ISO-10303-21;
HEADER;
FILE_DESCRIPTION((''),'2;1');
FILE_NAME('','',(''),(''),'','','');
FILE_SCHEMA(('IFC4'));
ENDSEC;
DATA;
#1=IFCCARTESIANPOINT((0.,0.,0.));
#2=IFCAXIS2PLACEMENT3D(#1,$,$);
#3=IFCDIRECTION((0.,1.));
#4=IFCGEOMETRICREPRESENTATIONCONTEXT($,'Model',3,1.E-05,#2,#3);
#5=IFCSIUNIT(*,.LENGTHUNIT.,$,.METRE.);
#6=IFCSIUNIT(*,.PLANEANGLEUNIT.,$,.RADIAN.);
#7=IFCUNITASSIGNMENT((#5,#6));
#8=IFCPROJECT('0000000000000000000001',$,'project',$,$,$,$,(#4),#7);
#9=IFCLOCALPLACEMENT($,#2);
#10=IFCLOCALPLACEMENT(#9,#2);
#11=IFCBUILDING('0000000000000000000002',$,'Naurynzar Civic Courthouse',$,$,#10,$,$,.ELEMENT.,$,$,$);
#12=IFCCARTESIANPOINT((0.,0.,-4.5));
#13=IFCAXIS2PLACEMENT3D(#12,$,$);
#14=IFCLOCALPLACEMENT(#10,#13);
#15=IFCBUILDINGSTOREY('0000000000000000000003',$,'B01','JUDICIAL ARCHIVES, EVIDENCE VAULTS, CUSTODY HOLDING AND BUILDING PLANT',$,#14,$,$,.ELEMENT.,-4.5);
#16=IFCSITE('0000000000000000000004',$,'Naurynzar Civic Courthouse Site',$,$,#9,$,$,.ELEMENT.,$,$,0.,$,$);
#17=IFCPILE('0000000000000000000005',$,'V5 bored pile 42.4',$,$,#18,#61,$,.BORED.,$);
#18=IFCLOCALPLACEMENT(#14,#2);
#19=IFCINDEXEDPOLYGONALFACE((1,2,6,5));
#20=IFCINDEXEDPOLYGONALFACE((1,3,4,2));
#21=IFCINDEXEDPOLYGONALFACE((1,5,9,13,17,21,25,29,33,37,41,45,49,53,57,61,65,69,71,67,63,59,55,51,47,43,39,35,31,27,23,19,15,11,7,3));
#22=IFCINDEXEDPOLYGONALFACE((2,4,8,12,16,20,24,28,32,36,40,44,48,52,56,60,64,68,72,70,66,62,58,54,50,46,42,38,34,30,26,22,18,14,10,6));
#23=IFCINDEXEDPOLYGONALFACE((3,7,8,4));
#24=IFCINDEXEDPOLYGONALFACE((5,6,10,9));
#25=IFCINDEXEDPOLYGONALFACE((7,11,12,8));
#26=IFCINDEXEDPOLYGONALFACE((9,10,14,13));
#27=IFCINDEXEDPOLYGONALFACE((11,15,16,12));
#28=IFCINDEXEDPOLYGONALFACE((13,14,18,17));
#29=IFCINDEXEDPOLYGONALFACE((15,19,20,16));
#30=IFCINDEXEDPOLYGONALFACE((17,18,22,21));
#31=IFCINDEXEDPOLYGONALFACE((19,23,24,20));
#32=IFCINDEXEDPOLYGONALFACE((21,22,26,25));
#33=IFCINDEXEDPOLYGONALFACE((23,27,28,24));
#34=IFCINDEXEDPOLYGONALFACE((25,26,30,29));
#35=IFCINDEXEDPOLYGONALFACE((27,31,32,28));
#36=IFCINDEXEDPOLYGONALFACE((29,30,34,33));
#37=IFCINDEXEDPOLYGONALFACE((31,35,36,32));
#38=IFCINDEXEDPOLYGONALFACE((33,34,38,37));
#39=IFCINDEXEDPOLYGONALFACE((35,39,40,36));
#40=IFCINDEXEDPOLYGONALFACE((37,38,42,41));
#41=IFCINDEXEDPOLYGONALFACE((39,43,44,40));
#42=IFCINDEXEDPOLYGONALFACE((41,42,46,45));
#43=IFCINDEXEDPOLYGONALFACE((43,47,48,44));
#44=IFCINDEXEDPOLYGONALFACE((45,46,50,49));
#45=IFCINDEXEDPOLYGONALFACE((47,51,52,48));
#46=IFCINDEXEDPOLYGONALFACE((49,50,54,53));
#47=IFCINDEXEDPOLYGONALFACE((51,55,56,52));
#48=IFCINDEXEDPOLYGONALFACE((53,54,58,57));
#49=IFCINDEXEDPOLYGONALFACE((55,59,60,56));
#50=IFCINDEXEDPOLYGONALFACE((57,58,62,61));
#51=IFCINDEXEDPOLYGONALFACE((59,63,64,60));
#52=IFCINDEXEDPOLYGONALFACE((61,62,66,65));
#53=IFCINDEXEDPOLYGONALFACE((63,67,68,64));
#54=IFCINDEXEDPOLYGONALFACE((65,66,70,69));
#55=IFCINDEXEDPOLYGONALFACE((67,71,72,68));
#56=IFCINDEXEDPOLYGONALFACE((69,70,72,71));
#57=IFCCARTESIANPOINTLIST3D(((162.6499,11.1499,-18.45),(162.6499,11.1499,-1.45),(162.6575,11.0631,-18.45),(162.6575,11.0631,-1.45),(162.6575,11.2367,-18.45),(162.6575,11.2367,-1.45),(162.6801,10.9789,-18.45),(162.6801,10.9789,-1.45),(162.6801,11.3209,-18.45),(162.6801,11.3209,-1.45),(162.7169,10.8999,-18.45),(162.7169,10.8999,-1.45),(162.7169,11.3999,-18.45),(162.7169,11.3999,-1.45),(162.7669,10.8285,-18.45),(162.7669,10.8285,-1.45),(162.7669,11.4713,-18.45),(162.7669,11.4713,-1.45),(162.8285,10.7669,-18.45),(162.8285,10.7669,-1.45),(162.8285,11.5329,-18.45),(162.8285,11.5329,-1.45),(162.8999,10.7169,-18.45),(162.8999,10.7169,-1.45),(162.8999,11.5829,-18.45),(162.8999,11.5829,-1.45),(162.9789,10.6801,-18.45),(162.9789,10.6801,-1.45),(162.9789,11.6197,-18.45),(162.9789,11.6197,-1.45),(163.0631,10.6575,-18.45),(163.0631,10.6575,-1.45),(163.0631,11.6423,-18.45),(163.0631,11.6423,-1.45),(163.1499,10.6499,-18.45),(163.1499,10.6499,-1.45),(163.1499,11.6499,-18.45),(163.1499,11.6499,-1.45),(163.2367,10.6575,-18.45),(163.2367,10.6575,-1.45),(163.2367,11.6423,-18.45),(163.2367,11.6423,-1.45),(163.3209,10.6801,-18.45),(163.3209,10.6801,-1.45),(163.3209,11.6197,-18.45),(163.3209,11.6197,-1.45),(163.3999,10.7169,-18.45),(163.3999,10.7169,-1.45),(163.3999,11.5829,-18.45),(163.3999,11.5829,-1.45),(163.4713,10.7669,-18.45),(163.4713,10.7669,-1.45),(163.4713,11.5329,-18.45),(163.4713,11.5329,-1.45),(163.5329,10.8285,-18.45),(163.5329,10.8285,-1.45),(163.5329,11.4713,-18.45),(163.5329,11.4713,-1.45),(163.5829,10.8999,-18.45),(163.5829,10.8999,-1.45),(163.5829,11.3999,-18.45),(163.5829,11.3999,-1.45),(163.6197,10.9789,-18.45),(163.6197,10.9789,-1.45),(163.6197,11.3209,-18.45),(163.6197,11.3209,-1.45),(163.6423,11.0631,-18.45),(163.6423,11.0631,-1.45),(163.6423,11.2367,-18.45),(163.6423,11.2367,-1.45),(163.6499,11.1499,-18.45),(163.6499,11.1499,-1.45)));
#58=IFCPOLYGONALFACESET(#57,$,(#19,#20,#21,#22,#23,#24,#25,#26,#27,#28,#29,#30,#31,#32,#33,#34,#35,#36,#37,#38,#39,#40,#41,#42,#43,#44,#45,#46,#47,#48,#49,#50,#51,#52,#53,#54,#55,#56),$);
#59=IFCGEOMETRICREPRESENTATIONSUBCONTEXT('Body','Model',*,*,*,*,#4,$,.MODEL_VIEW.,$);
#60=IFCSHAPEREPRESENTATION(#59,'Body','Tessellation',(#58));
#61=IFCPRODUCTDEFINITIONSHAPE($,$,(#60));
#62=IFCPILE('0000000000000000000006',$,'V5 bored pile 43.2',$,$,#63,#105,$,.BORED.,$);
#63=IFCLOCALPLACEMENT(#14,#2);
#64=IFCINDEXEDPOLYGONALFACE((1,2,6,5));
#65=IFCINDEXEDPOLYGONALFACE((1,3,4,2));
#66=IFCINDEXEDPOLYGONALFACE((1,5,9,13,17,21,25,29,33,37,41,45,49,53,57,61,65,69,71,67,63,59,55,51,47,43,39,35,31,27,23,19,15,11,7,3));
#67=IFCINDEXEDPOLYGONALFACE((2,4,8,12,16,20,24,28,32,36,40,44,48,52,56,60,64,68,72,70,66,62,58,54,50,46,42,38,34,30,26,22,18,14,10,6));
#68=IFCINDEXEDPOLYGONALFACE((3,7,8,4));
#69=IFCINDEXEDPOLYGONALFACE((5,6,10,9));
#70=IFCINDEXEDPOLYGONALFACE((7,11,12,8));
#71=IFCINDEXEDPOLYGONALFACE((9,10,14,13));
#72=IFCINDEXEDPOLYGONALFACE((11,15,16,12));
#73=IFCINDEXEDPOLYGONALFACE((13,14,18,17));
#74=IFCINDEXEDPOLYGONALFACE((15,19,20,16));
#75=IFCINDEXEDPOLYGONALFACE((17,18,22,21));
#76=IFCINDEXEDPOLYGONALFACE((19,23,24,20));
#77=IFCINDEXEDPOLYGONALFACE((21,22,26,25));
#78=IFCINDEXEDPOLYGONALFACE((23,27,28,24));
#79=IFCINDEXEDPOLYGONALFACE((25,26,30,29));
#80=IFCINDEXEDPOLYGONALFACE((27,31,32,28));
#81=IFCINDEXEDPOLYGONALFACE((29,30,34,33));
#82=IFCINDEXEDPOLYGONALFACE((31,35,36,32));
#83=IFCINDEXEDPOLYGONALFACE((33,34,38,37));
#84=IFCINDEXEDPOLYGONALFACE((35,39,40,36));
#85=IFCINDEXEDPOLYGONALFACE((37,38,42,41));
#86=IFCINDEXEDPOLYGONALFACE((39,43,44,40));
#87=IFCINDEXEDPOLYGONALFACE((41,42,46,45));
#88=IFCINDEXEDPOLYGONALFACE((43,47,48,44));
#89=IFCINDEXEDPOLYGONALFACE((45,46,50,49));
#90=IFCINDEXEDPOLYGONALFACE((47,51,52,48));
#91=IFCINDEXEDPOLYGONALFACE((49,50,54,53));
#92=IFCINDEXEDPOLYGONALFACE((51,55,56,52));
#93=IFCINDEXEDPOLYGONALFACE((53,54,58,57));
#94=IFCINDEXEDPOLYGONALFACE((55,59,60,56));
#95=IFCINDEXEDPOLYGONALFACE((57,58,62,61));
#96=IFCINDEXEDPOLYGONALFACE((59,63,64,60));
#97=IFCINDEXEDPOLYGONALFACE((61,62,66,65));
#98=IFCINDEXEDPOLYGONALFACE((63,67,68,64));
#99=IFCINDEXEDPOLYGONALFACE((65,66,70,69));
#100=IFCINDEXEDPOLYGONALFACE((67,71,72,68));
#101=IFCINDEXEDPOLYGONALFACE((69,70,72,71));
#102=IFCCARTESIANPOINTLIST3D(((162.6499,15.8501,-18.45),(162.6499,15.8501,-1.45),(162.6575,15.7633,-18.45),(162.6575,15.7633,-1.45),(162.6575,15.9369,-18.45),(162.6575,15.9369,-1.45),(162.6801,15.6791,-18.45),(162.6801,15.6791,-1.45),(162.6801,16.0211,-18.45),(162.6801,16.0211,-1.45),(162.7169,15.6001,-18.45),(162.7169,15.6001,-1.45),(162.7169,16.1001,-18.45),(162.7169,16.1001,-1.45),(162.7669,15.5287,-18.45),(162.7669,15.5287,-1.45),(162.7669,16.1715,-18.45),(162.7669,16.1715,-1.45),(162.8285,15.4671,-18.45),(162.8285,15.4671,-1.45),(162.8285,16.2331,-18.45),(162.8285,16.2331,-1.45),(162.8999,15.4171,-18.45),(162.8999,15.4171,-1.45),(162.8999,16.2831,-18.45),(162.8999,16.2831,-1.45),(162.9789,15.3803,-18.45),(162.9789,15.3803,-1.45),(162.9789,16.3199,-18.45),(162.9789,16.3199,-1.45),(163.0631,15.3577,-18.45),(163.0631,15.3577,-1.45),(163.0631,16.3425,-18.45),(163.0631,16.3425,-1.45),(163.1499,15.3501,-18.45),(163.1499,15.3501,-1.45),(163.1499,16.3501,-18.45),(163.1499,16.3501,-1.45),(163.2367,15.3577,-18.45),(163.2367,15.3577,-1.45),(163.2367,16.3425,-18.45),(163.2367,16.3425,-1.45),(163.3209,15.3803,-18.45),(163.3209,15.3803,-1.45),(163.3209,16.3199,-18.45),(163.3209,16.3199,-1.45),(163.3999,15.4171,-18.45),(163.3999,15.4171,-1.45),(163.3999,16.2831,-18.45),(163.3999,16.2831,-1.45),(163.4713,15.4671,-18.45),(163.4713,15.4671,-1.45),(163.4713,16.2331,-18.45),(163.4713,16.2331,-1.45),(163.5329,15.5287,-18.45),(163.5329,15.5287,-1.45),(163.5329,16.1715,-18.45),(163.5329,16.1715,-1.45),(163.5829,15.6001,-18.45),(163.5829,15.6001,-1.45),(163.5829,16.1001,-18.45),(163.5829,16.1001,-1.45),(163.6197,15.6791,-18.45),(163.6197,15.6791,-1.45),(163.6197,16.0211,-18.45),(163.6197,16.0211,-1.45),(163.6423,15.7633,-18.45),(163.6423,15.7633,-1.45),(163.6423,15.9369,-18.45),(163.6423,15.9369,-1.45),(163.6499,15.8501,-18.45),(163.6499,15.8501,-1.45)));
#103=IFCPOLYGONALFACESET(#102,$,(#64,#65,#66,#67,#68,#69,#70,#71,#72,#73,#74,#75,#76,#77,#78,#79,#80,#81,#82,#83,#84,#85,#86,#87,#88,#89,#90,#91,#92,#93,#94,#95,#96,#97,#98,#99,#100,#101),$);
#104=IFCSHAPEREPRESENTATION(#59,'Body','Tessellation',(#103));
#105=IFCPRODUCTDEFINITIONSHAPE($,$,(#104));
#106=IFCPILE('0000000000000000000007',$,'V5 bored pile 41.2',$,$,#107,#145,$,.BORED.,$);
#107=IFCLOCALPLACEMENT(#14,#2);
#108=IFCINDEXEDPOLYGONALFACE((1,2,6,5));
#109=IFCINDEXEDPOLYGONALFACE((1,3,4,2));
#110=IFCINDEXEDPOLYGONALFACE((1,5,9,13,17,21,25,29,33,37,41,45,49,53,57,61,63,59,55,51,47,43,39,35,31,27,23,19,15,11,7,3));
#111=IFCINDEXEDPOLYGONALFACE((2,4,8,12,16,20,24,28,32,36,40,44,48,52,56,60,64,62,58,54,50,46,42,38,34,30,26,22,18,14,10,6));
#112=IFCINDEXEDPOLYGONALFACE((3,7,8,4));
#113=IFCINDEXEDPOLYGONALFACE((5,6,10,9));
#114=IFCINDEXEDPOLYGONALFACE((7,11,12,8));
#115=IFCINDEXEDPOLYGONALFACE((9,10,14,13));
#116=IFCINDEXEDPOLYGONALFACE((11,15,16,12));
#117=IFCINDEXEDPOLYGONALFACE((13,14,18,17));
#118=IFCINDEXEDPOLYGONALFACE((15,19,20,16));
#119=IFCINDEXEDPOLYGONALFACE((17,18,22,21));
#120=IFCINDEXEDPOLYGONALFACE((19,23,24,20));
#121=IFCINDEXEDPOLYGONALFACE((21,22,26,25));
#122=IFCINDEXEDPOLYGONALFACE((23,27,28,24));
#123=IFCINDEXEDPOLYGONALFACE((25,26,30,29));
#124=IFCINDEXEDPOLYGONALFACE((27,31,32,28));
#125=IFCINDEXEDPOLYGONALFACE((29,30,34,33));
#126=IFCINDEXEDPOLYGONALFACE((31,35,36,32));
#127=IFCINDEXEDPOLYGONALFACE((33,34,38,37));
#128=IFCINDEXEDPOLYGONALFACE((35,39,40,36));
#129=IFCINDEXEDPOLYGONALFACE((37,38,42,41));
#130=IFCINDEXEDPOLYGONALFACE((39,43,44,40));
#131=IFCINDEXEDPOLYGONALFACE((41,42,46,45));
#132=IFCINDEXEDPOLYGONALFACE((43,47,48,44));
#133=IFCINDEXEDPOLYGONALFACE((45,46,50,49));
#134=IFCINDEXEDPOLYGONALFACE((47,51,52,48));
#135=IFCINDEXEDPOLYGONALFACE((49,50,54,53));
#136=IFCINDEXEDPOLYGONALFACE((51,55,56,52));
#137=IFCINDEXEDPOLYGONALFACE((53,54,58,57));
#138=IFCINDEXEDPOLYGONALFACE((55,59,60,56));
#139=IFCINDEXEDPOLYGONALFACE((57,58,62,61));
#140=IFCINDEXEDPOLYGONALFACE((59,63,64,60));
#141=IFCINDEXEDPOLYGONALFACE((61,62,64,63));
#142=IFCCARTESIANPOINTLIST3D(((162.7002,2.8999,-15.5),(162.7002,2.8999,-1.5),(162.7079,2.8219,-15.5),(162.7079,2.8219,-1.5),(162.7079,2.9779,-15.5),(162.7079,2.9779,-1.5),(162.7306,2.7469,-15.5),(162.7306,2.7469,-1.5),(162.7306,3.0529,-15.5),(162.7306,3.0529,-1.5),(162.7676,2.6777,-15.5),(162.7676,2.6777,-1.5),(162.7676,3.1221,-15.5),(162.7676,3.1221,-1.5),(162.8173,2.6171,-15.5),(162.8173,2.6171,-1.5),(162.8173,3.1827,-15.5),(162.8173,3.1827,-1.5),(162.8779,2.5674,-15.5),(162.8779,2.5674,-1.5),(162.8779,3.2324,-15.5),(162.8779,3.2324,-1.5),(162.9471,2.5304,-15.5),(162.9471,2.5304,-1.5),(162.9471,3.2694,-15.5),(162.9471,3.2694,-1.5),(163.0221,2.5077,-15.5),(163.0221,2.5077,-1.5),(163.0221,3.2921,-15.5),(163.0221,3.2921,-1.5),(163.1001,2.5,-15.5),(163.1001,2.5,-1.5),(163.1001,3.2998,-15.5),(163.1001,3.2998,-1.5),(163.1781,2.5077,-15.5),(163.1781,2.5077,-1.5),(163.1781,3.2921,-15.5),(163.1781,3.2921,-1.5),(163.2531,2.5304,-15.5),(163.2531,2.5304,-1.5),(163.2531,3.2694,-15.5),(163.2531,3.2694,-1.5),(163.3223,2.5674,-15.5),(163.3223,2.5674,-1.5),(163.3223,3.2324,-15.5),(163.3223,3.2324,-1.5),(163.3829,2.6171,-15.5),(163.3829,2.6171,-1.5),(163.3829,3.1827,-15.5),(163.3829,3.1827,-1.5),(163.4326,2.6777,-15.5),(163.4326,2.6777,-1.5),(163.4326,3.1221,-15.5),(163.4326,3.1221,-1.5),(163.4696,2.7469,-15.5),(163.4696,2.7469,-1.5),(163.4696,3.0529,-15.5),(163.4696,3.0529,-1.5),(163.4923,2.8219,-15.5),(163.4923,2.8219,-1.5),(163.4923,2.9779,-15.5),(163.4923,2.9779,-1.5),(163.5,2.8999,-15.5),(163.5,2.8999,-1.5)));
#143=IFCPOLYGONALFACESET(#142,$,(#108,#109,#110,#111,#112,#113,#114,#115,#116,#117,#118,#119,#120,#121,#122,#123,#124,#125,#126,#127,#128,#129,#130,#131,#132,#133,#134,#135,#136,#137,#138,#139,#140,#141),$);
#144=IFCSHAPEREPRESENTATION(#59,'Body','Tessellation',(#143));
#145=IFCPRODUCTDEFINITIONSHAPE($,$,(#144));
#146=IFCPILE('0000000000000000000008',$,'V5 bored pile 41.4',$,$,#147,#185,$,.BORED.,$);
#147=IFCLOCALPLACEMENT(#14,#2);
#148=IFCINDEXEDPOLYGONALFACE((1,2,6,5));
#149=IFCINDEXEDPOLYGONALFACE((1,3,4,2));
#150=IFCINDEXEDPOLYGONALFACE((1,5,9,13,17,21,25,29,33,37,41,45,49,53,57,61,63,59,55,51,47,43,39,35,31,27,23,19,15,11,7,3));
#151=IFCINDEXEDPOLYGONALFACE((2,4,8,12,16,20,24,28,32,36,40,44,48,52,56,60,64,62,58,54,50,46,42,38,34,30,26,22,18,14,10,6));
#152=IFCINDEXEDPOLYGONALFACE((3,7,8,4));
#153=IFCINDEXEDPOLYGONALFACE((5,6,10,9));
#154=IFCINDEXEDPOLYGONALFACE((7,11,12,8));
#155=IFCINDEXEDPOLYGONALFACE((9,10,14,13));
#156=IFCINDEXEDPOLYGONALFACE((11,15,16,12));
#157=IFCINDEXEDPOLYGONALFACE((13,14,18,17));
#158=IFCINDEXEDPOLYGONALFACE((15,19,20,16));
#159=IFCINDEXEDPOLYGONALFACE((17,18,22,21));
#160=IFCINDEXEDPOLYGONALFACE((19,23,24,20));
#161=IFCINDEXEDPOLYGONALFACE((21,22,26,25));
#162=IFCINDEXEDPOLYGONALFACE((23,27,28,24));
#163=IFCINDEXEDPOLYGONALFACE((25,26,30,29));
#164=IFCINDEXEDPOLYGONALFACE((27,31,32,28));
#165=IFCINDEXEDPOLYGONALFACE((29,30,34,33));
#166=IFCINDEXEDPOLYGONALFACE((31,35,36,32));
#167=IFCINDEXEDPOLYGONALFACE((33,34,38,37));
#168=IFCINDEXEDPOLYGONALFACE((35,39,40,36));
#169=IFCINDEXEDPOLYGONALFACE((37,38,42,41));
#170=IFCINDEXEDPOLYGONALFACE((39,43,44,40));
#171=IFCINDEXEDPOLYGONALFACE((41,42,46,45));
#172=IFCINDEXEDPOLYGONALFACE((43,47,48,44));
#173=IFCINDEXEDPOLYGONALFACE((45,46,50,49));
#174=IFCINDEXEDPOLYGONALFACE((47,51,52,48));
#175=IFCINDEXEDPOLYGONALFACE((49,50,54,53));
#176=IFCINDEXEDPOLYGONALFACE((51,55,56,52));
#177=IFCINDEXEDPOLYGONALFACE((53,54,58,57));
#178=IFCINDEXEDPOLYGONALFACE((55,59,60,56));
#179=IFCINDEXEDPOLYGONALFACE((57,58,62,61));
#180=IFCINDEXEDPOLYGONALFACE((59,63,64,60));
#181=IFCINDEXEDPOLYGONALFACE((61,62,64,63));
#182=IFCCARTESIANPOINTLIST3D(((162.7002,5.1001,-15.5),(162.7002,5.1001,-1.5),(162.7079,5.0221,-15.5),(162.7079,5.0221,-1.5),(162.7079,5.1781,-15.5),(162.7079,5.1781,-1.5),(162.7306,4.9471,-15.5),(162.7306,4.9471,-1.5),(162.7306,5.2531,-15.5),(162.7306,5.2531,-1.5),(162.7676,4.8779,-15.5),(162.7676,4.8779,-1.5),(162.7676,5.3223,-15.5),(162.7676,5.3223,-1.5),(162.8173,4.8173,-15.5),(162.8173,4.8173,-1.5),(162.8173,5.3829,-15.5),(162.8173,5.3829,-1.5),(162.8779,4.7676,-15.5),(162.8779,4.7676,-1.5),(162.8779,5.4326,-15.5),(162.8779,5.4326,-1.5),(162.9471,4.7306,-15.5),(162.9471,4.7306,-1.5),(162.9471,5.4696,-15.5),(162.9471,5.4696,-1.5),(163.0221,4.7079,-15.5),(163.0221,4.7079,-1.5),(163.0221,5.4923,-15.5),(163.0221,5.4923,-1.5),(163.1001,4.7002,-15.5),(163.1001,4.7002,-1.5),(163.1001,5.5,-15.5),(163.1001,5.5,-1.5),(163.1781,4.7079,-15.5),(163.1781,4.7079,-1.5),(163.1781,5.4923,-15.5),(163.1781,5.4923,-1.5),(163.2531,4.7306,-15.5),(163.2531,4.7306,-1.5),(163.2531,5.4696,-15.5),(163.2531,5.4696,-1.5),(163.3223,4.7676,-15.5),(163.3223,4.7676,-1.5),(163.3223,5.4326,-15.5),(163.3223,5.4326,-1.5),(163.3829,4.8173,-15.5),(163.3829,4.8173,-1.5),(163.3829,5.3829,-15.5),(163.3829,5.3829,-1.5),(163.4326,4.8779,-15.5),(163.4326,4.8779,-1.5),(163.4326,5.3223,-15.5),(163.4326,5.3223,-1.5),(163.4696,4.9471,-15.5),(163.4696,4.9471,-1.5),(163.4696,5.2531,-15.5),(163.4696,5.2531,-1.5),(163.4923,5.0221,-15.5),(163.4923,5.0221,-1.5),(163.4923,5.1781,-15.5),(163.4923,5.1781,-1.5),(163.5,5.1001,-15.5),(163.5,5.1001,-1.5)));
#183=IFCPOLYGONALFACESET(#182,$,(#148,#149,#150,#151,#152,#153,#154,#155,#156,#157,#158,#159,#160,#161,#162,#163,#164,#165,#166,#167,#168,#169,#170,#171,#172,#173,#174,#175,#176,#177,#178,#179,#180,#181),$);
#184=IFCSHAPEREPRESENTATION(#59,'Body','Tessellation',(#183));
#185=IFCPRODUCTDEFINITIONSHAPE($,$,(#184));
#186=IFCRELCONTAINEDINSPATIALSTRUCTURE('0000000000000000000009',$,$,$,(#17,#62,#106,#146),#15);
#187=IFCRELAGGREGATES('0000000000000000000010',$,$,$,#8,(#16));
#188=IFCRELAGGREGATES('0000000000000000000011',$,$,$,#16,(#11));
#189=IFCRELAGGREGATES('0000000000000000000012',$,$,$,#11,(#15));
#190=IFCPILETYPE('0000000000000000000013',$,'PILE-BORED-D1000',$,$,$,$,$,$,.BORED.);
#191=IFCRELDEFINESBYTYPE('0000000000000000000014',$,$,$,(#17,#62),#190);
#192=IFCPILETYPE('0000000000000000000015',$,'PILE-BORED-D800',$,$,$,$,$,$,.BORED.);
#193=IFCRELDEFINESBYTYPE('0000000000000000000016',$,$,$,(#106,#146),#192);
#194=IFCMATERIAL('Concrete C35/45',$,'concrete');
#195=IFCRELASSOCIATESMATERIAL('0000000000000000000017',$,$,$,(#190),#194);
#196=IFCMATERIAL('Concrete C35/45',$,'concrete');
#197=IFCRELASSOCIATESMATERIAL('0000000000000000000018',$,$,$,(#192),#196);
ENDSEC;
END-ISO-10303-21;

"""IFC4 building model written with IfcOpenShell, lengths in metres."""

from ifc_helpers import new_model, si_unit, direction, frame, origin, origin_2d, place, context, subcontext, project, spatial, circle, extrude, material, material_profile, profile_set, type_object, element, save


model = new_model("IFC4")

# Units and contexts
model_context = context("Model", 3, precision=1e-05, world=origin(), true_north=direction((0.0, 1.0)))
body_context = subcontext(model_context, "Body", "Model", "MODEL_VIEW")
ifc_project = project(units=[si_unit("LENGTHUNIT", "METRE"), si_unit("PLANEANGLEUNIT", "RADIAN")], contexts=[model_context])

# Site, building, storey
site_placement = place(None, origin())
site = spatial("IfcSite", under=ifc_project, at=site_placement, Name="Naurynzar Civic Courthouse Site", CompositionType="ELEMENT", RefElevation=0.0)
building_placement = place(site_placement, origin())
building = spatial("IfcBuilding", under=site, at=building_placement, Name="Naurynzar Civic Courthouse", CompositionType="ELEMENT")
storey_placement = place(building_placement, frame((0.0, 0.0, -4.5)))
storey = spatial("IfcBuildingStorey", under=building, at=storey_placement, Name="B01", Description="JUDICIAL ARCHIVES, EVIDENCE VAULTS, CUSTODY HOLDING AND BUILDING PLANT", CompositionType="ELEMENT", Elevation=-4.5)

# Piles
ifc_material_1 = material(Name="Concrete C35/45", Category="concrete")
ifc_material_profile_1 = material_profile(ifc_material_1, circle(Radius=0.5, at=origin_2d()), Name="PILE D1000")
ifc_profile_set_1 = profile_set([ifc_material_profile_1], Name="Concrete C35/45")
pile_type_1 = type_object("IfcPileType", Name="PILE-BORED-D1000", PredefinedType="BORED", material=ifc_profile_set_1)
for number, where, z_axis, x_axis, name in (
    (1, (163.1499, 11.1499, -1.45), (0.0, 0.0, -1.0), (1.0, 0.0, 0.0), "V5 bored pile 42.4"),
    (2, (163.1499, 15.8501, -1.45), (0.0, 0.0, -1.0), (1.0, 0.0, 0.0), "V5 bored pile 43.2"),
):
    element("IfcPile", number, at=place(storey_placement, frame(where, z_axis=z_axis, x_axis=x_axis)), inside=storey, type_object=pile_type_1, Name=name, PredefinedType="BORED", context=body_context, shape_type="SweptSolid", body=[
        extrude(circle(Radius=0.5, at=origin_2d()), origin(), (0.0, 0.0, 1.0), 17.0),
    ])
ifc_material_2 = material(Name="Concrete C35/45", Category="concrete")
ifc_material_profile_2 = material_profile(ifc_material_2, circle(Radius=0.3999, at=origin_2d()), Name="PILE D800")
ifc_profile_set_2 = profile_set([ifc_material_profile_2], Name="Concrete C35/45")
pile_type_2 = type_object("IfcPileType", Name="PILE-BORED-D800", PredefinedType="BORED", material=ifc_profile_set_2)
for number, where, z_axis, x_axis, name in (
    (3, (163.1001, 2.8999, -1.5), (0.0, 0.0, -1.0), (1.0, 0.0, 0.0), "V5 bored pile 41.2"),
    (4, (163.1001, 5.1001, -1.5), (0.0, 0.0, -1.0), (1.0, 0.0, 0.0), "V5 bored pile 41.4"),
):
    element("IfcPile", number, at=place(storey_placement, frame(where, z_axis=z_axis, x_axis=x_axis)), inside=storey, type_object=pile_type_2, Name=name, PredefinedType="BORED", context=body_context, shape_type="SweptSolid", body=[
        extrude(circle(Radius=0.3999, at=origin_2d()), origin(), (0.0, 0.0, 1.0), 14.0),
    ])

save(model, "model.ifc")
